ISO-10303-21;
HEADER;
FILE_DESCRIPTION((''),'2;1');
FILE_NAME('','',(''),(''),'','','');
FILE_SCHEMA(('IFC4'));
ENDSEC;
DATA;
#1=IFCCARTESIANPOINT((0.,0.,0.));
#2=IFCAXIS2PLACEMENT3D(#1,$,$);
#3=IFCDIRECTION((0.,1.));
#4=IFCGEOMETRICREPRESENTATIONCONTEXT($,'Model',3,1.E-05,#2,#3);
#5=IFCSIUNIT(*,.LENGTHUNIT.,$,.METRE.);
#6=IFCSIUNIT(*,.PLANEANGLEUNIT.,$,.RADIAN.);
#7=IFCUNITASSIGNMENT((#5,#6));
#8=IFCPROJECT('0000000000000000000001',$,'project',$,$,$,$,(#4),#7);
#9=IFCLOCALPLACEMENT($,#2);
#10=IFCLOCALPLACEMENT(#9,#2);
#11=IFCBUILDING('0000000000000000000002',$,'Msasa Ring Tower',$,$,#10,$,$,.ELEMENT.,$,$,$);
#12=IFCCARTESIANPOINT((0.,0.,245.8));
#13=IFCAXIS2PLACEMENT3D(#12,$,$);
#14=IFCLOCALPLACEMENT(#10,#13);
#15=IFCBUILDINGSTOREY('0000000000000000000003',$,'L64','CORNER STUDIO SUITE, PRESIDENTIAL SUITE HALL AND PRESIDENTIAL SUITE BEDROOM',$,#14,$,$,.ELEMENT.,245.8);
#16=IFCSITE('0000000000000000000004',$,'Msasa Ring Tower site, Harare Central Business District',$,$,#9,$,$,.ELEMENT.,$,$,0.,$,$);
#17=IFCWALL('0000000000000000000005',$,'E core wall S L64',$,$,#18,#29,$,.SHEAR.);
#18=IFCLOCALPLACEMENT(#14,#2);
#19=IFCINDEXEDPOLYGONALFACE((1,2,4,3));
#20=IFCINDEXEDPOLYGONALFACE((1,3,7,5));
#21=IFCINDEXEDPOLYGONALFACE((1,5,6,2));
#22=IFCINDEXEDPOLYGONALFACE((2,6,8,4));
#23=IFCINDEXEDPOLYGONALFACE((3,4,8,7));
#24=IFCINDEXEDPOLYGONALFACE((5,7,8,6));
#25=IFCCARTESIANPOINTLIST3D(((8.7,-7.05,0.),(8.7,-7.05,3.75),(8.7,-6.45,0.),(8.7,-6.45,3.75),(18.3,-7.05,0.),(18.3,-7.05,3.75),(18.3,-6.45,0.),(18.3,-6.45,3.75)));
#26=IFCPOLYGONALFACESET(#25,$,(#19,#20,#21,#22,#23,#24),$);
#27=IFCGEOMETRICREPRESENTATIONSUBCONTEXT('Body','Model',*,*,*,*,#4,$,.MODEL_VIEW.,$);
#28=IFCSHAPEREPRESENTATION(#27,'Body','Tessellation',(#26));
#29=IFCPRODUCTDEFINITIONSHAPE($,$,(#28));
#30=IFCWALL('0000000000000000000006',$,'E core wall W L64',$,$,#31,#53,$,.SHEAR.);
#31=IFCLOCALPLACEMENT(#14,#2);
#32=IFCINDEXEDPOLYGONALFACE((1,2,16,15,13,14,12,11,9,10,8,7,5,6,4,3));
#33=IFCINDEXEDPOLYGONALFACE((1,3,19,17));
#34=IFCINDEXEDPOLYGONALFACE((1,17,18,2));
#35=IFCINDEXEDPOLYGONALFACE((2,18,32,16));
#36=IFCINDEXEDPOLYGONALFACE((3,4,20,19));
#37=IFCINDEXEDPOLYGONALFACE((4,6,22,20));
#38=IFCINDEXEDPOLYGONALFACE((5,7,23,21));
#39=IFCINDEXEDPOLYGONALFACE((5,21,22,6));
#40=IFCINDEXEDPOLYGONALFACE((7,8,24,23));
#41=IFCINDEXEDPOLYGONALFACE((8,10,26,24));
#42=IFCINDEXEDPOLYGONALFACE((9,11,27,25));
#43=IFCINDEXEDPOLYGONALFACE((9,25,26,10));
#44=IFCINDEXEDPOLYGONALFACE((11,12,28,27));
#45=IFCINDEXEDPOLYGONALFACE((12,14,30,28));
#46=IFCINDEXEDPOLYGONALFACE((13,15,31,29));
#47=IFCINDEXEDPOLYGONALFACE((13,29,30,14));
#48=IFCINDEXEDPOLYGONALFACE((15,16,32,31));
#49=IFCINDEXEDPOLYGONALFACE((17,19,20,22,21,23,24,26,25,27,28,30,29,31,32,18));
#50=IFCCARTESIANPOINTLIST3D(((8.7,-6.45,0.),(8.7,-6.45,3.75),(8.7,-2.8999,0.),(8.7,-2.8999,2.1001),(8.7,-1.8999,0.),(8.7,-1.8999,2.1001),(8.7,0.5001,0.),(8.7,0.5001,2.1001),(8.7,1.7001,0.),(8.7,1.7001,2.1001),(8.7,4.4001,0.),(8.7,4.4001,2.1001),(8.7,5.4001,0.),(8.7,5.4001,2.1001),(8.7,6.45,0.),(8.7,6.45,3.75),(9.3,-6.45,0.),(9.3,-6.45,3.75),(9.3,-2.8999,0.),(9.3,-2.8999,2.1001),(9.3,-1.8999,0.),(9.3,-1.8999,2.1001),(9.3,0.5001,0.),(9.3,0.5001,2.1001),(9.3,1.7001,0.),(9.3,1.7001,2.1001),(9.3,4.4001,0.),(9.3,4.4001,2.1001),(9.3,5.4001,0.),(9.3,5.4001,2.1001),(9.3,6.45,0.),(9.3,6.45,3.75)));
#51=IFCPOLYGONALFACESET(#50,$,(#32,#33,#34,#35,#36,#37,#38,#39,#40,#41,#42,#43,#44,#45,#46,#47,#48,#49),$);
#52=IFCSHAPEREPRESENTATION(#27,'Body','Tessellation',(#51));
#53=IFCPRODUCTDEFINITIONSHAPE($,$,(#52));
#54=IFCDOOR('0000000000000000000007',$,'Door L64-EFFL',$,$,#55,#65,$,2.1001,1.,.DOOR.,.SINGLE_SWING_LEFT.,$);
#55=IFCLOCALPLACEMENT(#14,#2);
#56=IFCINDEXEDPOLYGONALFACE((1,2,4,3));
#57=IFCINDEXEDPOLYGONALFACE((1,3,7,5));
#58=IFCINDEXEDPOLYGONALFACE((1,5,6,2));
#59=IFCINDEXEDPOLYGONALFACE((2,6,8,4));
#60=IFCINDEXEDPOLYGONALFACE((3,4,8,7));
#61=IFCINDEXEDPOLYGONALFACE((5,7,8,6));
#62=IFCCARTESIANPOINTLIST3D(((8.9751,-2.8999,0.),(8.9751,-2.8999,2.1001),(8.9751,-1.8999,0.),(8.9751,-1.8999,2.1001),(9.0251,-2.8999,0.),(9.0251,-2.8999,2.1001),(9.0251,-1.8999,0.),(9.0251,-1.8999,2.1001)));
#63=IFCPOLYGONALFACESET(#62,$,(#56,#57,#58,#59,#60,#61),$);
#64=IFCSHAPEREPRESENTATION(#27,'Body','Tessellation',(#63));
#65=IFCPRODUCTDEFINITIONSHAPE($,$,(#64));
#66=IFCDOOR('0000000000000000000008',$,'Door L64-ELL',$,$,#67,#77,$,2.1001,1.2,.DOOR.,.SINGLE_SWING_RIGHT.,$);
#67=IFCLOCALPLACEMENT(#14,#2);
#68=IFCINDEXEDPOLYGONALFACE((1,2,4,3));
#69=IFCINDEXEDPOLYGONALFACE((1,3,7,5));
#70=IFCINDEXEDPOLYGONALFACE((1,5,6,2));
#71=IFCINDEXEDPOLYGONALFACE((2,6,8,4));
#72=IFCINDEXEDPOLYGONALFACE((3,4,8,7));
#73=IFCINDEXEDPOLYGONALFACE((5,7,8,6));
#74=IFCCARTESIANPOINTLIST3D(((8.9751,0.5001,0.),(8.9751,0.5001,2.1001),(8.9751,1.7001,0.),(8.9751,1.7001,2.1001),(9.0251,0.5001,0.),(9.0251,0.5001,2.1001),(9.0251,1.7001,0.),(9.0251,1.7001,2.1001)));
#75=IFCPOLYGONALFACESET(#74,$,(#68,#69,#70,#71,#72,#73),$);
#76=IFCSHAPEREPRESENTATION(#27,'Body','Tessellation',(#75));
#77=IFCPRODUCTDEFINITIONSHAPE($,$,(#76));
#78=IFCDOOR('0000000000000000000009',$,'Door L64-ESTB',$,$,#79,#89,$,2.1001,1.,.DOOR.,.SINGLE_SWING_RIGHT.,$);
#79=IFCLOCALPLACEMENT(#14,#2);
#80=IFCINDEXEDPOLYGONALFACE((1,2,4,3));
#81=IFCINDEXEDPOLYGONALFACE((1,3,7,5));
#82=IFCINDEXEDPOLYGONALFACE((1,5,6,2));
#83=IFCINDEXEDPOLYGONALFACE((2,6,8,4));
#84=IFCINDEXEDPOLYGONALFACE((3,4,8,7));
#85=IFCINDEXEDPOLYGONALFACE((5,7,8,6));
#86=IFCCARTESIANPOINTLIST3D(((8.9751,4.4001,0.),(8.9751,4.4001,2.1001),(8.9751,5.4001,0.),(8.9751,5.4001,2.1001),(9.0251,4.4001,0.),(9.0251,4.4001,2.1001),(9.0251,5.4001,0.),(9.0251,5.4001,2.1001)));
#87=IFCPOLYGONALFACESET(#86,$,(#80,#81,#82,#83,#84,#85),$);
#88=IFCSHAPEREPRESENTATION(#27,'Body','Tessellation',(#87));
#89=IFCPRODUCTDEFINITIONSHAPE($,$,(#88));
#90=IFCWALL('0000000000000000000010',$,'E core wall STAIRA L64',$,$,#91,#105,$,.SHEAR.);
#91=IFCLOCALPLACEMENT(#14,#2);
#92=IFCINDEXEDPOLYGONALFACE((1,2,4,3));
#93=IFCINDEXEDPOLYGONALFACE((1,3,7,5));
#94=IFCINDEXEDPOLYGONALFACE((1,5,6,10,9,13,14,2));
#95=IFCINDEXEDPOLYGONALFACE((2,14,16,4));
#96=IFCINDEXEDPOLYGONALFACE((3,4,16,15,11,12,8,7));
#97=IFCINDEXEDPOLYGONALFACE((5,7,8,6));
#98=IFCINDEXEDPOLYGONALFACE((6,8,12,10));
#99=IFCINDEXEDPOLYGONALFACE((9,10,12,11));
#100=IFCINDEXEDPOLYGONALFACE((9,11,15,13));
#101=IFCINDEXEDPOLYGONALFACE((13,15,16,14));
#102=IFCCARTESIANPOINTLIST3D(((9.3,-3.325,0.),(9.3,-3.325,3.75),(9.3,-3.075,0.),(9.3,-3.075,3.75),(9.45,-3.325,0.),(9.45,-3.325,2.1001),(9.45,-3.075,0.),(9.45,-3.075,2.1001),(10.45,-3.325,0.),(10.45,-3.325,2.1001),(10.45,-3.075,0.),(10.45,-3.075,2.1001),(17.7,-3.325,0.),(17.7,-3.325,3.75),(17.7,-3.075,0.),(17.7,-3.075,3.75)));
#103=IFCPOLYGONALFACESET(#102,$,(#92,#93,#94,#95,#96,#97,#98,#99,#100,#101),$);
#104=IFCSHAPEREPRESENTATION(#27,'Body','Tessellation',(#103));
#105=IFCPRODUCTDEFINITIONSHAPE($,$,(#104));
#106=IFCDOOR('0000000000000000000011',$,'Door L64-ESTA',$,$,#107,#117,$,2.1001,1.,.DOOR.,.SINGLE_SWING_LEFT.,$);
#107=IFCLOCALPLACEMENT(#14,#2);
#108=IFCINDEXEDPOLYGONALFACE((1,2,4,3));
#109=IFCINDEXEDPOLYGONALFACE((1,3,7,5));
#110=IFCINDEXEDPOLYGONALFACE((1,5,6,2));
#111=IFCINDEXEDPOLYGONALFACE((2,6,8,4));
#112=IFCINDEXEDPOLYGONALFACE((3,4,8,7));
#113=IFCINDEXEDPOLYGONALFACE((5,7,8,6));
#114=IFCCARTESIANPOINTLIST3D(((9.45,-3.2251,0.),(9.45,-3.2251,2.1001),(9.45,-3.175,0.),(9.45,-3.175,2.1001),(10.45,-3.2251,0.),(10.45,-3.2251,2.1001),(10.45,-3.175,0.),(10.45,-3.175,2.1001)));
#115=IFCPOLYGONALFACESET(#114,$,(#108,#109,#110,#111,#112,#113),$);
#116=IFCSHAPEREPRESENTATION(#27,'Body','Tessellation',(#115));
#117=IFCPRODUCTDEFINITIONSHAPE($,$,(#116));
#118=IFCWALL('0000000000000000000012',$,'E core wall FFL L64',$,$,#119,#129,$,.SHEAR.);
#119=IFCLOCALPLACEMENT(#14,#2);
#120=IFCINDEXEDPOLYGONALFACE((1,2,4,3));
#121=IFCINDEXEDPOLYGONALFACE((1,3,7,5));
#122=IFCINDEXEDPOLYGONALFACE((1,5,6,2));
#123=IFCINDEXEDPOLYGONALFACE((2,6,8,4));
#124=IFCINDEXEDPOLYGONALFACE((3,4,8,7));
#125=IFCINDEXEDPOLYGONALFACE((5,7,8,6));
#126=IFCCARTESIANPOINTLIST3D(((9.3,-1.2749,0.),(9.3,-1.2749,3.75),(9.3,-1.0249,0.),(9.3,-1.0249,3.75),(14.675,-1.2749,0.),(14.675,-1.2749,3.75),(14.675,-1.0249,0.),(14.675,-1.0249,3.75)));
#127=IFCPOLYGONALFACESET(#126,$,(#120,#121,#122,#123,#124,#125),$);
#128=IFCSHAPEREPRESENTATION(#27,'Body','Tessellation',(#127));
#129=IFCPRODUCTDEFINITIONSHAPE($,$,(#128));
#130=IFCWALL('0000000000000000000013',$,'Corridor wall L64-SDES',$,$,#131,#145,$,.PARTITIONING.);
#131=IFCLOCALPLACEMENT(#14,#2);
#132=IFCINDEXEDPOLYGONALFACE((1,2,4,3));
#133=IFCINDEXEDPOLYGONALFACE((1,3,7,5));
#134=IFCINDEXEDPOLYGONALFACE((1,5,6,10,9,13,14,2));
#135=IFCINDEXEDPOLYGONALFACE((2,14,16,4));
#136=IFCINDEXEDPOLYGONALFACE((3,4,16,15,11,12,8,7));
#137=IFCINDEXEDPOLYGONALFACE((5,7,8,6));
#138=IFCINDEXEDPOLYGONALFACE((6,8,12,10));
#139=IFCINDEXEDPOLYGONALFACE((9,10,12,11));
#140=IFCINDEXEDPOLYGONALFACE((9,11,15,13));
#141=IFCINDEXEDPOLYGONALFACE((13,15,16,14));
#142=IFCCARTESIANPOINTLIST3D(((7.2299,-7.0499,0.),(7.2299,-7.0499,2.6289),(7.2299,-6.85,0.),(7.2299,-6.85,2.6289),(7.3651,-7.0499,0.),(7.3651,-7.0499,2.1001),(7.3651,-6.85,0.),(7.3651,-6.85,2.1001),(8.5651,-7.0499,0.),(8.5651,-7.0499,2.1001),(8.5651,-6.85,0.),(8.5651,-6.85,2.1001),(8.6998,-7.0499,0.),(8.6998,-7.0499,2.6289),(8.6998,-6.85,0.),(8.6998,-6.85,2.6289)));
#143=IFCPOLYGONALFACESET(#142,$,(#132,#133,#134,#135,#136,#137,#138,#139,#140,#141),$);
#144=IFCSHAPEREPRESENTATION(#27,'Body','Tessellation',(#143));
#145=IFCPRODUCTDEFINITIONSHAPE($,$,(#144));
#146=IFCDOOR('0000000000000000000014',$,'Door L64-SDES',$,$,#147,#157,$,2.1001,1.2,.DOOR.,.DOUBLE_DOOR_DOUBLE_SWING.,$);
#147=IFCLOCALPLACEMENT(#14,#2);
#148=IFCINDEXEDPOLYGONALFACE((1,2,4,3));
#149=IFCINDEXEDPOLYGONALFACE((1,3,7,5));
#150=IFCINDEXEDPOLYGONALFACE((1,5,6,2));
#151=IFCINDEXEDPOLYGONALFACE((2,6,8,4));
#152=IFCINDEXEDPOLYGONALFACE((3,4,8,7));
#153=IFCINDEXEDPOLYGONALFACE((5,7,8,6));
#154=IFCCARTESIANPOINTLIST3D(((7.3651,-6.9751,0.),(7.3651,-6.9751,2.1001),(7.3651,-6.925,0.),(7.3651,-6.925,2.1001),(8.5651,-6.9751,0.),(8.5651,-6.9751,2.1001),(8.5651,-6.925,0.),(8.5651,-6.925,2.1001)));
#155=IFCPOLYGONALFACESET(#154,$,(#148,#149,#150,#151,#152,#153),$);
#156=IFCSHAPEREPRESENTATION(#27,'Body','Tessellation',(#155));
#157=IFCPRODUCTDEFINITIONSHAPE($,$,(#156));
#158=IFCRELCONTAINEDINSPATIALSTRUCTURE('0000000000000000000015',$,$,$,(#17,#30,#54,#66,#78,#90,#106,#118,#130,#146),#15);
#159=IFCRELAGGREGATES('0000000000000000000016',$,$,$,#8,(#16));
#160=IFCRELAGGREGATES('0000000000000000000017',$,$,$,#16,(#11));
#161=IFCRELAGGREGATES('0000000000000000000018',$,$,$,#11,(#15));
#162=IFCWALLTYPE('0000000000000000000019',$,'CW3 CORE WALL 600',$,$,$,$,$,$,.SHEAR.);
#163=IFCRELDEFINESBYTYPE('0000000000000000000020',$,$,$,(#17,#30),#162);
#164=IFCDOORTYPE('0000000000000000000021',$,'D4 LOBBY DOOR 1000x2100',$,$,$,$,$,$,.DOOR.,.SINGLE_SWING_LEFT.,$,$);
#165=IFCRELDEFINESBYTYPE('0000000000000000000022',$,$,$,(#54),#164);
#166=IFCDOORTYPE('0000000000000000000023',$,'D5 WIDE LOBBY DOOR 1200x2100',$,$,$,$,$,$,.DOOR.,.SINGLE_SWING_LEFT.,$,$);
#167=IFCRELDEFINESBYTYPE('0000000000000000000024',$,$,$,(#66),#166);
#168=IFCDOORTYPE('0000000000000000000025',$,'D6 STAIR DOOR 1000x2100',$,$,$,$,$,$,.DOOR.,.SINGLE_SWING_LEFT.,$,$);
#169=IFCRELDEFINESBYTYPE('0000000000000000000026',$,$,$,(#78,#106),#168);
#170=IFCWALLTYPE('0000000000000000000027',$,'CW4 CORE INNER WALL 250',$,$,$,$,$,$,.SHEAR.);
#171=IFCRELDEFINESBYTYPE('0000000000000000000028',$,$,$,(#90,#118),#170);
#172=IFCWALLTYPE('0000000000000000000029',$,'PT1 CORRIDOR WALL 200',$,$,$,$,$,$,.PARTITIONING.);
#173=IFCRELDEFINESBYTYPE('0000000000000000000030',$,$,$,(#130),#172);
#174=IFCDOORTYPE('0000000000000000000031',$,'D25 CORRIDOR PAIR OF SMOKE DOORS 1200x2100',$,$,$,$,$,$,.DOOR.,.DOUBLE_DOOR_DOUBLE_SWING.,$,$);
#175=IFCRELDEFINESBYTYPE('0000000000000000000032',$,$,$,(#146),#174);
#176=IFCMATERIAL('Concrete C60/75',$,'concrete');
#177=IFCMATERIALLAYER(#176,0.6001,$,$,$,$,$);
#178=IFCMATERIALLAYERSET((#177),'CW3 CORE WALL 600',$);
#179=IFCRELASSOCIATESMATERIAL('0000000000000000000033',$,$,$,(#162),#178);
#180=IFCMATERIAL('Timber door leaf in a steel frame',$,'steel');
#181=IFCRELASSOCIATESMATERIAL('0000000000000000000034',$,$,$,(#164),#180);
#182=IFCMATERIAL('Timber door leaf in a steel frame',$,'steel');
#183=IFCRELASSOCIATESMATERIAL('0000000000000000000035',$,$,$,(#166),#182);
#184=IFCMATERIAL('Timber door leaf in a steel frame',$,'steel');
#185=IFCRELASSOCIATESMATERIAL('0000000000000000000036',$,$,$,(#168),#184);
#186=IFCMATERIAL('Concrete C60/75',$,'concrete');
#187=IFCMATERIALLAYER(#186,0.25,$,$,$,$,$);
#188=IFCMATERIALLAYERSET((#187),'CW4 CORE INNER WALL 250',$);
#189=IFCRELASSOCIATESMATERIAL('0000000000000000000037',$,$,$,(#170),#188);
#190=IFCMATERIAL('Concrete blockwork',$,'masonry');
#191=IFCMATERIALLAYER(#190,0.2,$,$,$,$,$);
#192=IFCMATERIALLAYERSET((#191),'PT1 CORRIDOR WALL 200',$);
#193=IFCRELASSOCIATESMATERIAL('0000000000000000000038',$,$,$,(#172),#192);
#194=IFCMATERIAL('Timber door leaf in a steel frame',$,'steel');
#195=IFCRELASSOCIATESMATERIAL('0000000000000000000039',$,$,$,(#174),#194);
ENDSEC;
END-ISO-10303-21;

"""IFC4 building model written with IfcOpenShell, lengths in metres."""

from ifc_helpers import new_model, si_unit, direction, frame, frame_2d, origin, place, context, subcontext, project, spatial, rectangle, extrude, material, layer, layer_set, type_object, element, fill, save


model = new_model("IFC4")

# Units and contexts
model_context = context("Model", 3, precision=1e-05, world=origin(), true_north=direction((0.0, 1.0)))
body_context = subcontext(model_context, "Body", "Model", "MODEL_VIEW")
ifc_project = project(units=[si_unit("LENGTHUNIT", "METRE"), si_unit("PLANEANGLEUNIT", "RADIAN")], contexts=[model_context])

# Site, building, storey
site_placement = place(None, origin())
site = spatial("IfcSite", under=ifc_project, at=site_placement, Name="Msasa Ring Tower site, Harare Central Business District", CompositionType="ELEMENT", RefElevation=0.0)
building_placement = place(site_placement, origin())
building = spatial("IfcBuilding", under=site, at=building_placement, Name="Msasa Ring Tower", CompositionType="ELEMENT")
storey_placement = place(building_placement, frame((0.0, 0.0, 245.8)))
storey = spatial("IfcBuildingStorey", under=building, at=storey_placement, Name="L64", Description="CORNER STUDIO SUITE, PRESIDENTIAL SUITE HALL AND PRESIDENTIAL SUITE BEDROOM", CompositionType="ELEMENT", Elevation=245.8)

# Wall
ifc_material_1 = material(Name="Concrete C60/75", Category="concrete")
ifc_layer_1 = layer(ifc_material_1, 0.6001)
ifc_layer_set_1 = layer_set([ifc_layer_1], Name="CW3 CORE WALL 600")
wall_type_1 = type_object("IfcWallType", Name="CW3 CORE WALL 600", PredefinedType="SHEAR", material=ifc_layer_set_1)
wall_1_placement = place(storey_placement, frame((8.7, -6.75, 0.0), z_axis=(0.0, 0.0, 1.0), x_axis=(1.0, 0.0, 0.0)))
element("IfcWall", 1, at=wall_1_placement, inside=storey, type_object=wall_type_1, Name="E core wall S L64", PredefinedType="SHEAR", context=body_context, shape_type="SweptSolid", body=[
    extrude(rectangle(XDim=9.6001, YDim=0.6001, at=frame_2d((4.8, 0.0))), origin(), (0.0, 0.0, 1.0), 3.75),
])

# Wall, openings, doors
wall_2_placement = place(storey_placement, frame((9.0, -6.45, 0.0), z_axis=(0.0, 0.0, 1.0), x_axis=(0.0, 1.0, 0.0)))
wall_2 = element("IfcWall", 2, at=wall_2_placement, inside=storey, type_object=wall_type_1, Name="E core wall W L64", PredefinedType="SHEAR", context=body_context, shape_type="SweptSolid", body=[
    extrude(rectangle(XDim=12.8999, YDim=0.6001, at=frame_2d((6.45, 0.0))), origin(), (0.0, 0.0, 1.0), 3.75),
])
opening_1_placement = place(wall_2_placement, frame((3.55, 0.0, 0.0)))
opening_1 = element("IfcOpeningElement", 3, at=opening_1_placement, cuts=wall_2, PredefinedType="OPENING", context=body_context, shape_type="SweptSolid", body=[
    extrude(rectangle(XDim=1.0, YDim=2.1001, at=frame_2d((0.5, 1.05))), frame((0.0, 0.3101, 0.0), z_axis=(0.0, -1.0, 0.0), x_axis=(1.0, 0.0, 0.0)), (0.0, 0.0, 1.0), 0.6201),
])
opening_2_placement = place(wall_2_placement, frame((6.95, 0.0, 0.0)))
opening_2 = element("IfcOpeningElement", 4, at=opening_2_placement, cuts=wall_2, PredefinedType="OPENING", context=body_context, shape_type="SweptSolid", body=[
    extrude(rectangle(XDim=1.2, YDim=2.1001, at=frame_2d((0.6001, 1.05))), frame((0.0, 0.3101, 0.0), z_axis=(0.0, -1.0, 0.0), x_axis=(1.0, 0.0, 0.0)), (0.0, 0.0, 1.0), 0.6201),
])
opening_3_placement = place(wall_2_placement, frame((10.8501, 0.0, 0.0)))
opening_3 = element("IfcOpeningElement", 5, at=opening_3_placement, cuts=wall_2, PredefinedType="OPENING", context=body_context, shape_type="SweptSolid", body=[
    extrude(rectangle(XDim=1.0, YDim=2.1001, at=frame_2d((0.5, 1.05))), frame((0.0, 0.3101, 0.0), z_axis=(0.0, -1.0, 0.0), x_axis=(1.0, 0.0, 0.0)), (0.0, 0.0, 1.0), 0.6201),
])
ifc_material_2 = material(Name="Timber door leaf in a steel frame", Category="steel")
door_type_1 = type_object("IfcDoorType", Name="D4 LOBBY DOOR 1000x2100", OperationType="SINGLE_SWING_LEFT", PredefinedType="DOOR", material=ifc_material_2)
door_1_placement = place(opening_1_placement, origin())
door_1 = element("IfcDoor", 6, at=door_1_placement, inside=storey, type_object=door_type_1, Name="Door L64-EFFL", OperationType="SINGLE_SWING_LEFT", OverallHeight=2.1001, OverallWidth=1.0, PredefinedType="DOOR", context=body_context, shape_type="SweptSolid", body=[
    extrude(rectangle(XDim=1.0, YDim=2.1001, at=frame_2d((0.5, 1.05))), frame((0.0, 0.0249, 0.0), z_axis=(0.0, -1.0, 0.0), x_axis=(1.0, 0.0, 0.0)), (0.0, 0.0, 1.0), 0.05),
])
fill(opening_1, door_1)
ifc_material_3 = material(Name="Timber door leaf in a steel frame", Category="steel")
door_type_2 = type_object("IfcDoorType", Name="D5 WIDE LOBBY DOOR 1200x2100", OperationType="SINGLE_SWING_LEFT", PredefinedType="DOOR", material=ifc_material_3)
door_2_placement = place(opening_2_placement, origin())
door_2 = element("IfcDoor", 7, at=door_2_placement, inside=storey, type_object=door_type_2, Name="Door L64-ELL", OperationType="SINGLE_SWING_RIGHT", OverallHeight=2.1001, OverallWidth=1.2, PredefinedType="DOOR", context=body_context, shape_type="SweptSolid", body=[
    extrude(rectangle(XDim=1.2, YDim=2.1001, at=frame_2d((0.6001, 1.05))), frame((0.0, 0.0249, 0.0), z_axis=(0.0, -1.0, 0.0), x_axis=(1.0, 0.0, 0.0)), (0.0, 0.0, 1.0), 0.05),
])
fill(opening_2, door_2)
ifc_material_4 = material(Name="Timber door leaf in a steel frame", Category="steel")
door_type_3 = type_object("IfcDoorType", Name="D6 STAIR DOOR 1000x2100", OperationType="SINGLE_SWING_LEFT", PredefinedType="DOOR", material=ifc_material_4)
door_3_placement = place(opening_3_placement, origin())
door_3 = element("IfcDoor", 8, at=door_3_placement, inside=storey, type_object=door_type_3, Name="Door L64-ESTB", OperationType="SINGLE_SWING_RIGHT", OverallHeight=2.1001, OverallWidth=1.0, PredefinedType="DOOR", context=body_context, shape_type="SweptSolid", body=[
    extrude(rectangle(XDim=1.0, YDim=2.1001, at=frame_2d((0.5, 1.05))), frame((0.0, 0.0249, 0.0), z_axis=(0.0, -1.0, 0.0), x_axis=(1.0, 0.0, 0.0)), (0.0, 0.0, 1.0), 0.05),
])
fill(opening_3, door_3)

# Wall, opening, door
ifc_material_5 = material(Name="Concrete C60/75", Category="concrete")
ifc_layer_2 = layer(ifc_material_5, 0.25)
ifc_layer_set_2 = layer_set([ifc_layer_2], Name="CW4 CORE INNER WALL 250")
wall_type_2 = type_object("IfcWallType", Name="CW4 CORE INNER WALL 250", PredefinedType="SHEAR", material=ifc_layer_set_2)
wall_3_placement = place(storey_placement, frame((9.3, -3.2, 0.0), z_axis=(0.0, 0.0, 1.0), x_axis=(1.0, 0.0, 0.0)))
wall_3 = element("IfcWall", 9, at=wall_3_placement, inside=storey, type_object=wall_type_2, Name="E core wall STAIRA L64", PredefinedType="SHEAR", context=body_context, shape_type="SweptSolid", body=[
    extrude(rectangle(XDim=8.3999, YDim=0.25, at=frame_2d((4.2, 0.0))), origin(), (0.0, 0.0, 1.0), 3.75),
])
opening_4_placement = place(wall_3_placement, frame((0.1499, 0.0, 0.0)))
opening_4 = element("IfcOpeningElement", 10, at=opening_4_placement, cuts=wall_3, PredefinedType="OPENING", context=body_context, shape_type="SweptSolid", body=[
    extrude(rectangle(XDim=1.0, YDim=2.1001, at=frame_2d((0.5, 1.05))), frame((0.0, 0.135, 0.0), z_axis=(0.0, -1.0, 0.0), x_axis=(1.0, 0.0, 0.0)), (0.0, 0.0, 1.0), 0.27),
])
door_4_placement = place(opening_4_placement, origin())
door_4 = element("IfcDoor", 11, at=door_4_placement, inside=storey, type_object=door_type_3, Name="Door L64-ESTA", OperationType="SINGLE_SWING_LEFT", OverallHeight=2.1001, OverallWidth=1.0, PredefinedType="DOOR", context=body_context, shape_type="SweptSolid", body=[
    extrude(rectangle(XDim=1.0, YDim=2.1001, at=frame_2d((0.5, 1.05))), frame((0.0, 0.0249, 0.0), z_axis=(0.0, -1.0, 0.0), x_axis=(1.0, 0.0, 0.0)), (0.0, 0.0, 1.0), 0.05),
])
fill(opening_4, door_4)

# Wall
wall_4_placement = place(storey_placement, frame((9.3, -1.1499, 0.0), z_axis=(0.0, 0.0, 1.0), x_axis=(1.0, 0.0, 0.0)))
element("IfcWall", 12, at=wall_4_placement, inside=storey, type_object=wall_type_2, Name="E core wall FFL L64", PredefinedType="SHEAR", context=body_context, shape_type="SweptSolid", body=[
    extrude(rectangle(XDim=5.375, YDim=0.25, at=frame_2d((2.6875, 0.0))), origin(), (0.0, 0.0, 1.0), 3.75),
])

# Wall, opening, door
ifc_material_6 = material(Name="Concrete blockwork", Category="masonry")
ifc_layer_3 = layer(ifc_material_6, 0.2)
ifc_layer_set_3 = layer_set([ifc_layer_3], Name="PT1 CORRIDOR WALL 200")
wall_type_3 = type_object("IfcWallType", Name="PT1 CORRIDOR WALL 200", PredefinedType="PARTITIONING", material=ifc_layer_set_3)
wall_5_placement = place(storey_placement, frame((7.23, -6.95, 0.0), z_axis=(0.0, 0.0, 1.0), x_axis=(1.0, 0.0, 0.0)))
wall_5 = element("IfcWall", 13, at=wall_5_placement, inside=storey, type_object=wall_type_3, Name="Corridor wall L64-SDES", PredefinedType="PARTITIONING", context=body_context, shape_type="SweptSolid", body=[
    extrude(rectangle(XDim=1.47, YDim=0.2, at=frame_2d((0.7349, 0.0))), origin(), (0.0, 0.0, 1.0), 2.6289),
])
opening_5_placement = place(wall_5_placement, frame((0.135, 0.0, 0.0)))
opening_5 = element("IfcOpeningElement", 14, at=opening_5_placement, cuts=wall_5, PredefinedType="OPENING", context=body_context, shape_type="SweptSolid", body=[
    extrude(rectangle(XDim=1.2, YDim=2.1001, at=frame_2d((0.6001, 1.05))), frame((0.0, 0.1099, 0.0), z_axis=(0.0, -1.0, 0.0), x_axis=(1.0, 0.0, 0.0)), (0.0, 0.0, 1.0), 0.22),
])
ifc_material_7 = material(Name="Timber door leaf in a steel frame", Category="steel")
door_type_4 = type_object("IfcDoorType", Name="D25 CORRIDOR PAIR OF SMOKE DOORS 1200x2100", OperationType="DOUBLE_DOOR_DOUBLE_SWING", PredefinedType="DOOR", material=ifc_material_7)
door_5_placement = place(opening_5_placement, origin())
door_5 = element("IfcDoor", 15, at=door_5_placement, inside=storey, type_object=door_type_4, Name="Door L64-SDES", OperationType="DOUBLE_DOOR_DOUBLE_SWING", OverallHeight=2.1001, OverallWidth=1.2, PredefinedType="DOOR", context=body_context, shape_type="SweptSolid", body=[
    extrude(rectangle(XDim=1.2, YDim=2.1001, at=frame_2d((0.6001, 1.05))), frame((0.0, 0.0249, 0.0), z_axis=(0.0, -1.0, 0.0), x_axis=(1.0, 0.0, 0.0)), (0.0, 0.0, 1.0), 0.05),
])
fill(opening_5, door_5)

save(model, "model.ifc")
